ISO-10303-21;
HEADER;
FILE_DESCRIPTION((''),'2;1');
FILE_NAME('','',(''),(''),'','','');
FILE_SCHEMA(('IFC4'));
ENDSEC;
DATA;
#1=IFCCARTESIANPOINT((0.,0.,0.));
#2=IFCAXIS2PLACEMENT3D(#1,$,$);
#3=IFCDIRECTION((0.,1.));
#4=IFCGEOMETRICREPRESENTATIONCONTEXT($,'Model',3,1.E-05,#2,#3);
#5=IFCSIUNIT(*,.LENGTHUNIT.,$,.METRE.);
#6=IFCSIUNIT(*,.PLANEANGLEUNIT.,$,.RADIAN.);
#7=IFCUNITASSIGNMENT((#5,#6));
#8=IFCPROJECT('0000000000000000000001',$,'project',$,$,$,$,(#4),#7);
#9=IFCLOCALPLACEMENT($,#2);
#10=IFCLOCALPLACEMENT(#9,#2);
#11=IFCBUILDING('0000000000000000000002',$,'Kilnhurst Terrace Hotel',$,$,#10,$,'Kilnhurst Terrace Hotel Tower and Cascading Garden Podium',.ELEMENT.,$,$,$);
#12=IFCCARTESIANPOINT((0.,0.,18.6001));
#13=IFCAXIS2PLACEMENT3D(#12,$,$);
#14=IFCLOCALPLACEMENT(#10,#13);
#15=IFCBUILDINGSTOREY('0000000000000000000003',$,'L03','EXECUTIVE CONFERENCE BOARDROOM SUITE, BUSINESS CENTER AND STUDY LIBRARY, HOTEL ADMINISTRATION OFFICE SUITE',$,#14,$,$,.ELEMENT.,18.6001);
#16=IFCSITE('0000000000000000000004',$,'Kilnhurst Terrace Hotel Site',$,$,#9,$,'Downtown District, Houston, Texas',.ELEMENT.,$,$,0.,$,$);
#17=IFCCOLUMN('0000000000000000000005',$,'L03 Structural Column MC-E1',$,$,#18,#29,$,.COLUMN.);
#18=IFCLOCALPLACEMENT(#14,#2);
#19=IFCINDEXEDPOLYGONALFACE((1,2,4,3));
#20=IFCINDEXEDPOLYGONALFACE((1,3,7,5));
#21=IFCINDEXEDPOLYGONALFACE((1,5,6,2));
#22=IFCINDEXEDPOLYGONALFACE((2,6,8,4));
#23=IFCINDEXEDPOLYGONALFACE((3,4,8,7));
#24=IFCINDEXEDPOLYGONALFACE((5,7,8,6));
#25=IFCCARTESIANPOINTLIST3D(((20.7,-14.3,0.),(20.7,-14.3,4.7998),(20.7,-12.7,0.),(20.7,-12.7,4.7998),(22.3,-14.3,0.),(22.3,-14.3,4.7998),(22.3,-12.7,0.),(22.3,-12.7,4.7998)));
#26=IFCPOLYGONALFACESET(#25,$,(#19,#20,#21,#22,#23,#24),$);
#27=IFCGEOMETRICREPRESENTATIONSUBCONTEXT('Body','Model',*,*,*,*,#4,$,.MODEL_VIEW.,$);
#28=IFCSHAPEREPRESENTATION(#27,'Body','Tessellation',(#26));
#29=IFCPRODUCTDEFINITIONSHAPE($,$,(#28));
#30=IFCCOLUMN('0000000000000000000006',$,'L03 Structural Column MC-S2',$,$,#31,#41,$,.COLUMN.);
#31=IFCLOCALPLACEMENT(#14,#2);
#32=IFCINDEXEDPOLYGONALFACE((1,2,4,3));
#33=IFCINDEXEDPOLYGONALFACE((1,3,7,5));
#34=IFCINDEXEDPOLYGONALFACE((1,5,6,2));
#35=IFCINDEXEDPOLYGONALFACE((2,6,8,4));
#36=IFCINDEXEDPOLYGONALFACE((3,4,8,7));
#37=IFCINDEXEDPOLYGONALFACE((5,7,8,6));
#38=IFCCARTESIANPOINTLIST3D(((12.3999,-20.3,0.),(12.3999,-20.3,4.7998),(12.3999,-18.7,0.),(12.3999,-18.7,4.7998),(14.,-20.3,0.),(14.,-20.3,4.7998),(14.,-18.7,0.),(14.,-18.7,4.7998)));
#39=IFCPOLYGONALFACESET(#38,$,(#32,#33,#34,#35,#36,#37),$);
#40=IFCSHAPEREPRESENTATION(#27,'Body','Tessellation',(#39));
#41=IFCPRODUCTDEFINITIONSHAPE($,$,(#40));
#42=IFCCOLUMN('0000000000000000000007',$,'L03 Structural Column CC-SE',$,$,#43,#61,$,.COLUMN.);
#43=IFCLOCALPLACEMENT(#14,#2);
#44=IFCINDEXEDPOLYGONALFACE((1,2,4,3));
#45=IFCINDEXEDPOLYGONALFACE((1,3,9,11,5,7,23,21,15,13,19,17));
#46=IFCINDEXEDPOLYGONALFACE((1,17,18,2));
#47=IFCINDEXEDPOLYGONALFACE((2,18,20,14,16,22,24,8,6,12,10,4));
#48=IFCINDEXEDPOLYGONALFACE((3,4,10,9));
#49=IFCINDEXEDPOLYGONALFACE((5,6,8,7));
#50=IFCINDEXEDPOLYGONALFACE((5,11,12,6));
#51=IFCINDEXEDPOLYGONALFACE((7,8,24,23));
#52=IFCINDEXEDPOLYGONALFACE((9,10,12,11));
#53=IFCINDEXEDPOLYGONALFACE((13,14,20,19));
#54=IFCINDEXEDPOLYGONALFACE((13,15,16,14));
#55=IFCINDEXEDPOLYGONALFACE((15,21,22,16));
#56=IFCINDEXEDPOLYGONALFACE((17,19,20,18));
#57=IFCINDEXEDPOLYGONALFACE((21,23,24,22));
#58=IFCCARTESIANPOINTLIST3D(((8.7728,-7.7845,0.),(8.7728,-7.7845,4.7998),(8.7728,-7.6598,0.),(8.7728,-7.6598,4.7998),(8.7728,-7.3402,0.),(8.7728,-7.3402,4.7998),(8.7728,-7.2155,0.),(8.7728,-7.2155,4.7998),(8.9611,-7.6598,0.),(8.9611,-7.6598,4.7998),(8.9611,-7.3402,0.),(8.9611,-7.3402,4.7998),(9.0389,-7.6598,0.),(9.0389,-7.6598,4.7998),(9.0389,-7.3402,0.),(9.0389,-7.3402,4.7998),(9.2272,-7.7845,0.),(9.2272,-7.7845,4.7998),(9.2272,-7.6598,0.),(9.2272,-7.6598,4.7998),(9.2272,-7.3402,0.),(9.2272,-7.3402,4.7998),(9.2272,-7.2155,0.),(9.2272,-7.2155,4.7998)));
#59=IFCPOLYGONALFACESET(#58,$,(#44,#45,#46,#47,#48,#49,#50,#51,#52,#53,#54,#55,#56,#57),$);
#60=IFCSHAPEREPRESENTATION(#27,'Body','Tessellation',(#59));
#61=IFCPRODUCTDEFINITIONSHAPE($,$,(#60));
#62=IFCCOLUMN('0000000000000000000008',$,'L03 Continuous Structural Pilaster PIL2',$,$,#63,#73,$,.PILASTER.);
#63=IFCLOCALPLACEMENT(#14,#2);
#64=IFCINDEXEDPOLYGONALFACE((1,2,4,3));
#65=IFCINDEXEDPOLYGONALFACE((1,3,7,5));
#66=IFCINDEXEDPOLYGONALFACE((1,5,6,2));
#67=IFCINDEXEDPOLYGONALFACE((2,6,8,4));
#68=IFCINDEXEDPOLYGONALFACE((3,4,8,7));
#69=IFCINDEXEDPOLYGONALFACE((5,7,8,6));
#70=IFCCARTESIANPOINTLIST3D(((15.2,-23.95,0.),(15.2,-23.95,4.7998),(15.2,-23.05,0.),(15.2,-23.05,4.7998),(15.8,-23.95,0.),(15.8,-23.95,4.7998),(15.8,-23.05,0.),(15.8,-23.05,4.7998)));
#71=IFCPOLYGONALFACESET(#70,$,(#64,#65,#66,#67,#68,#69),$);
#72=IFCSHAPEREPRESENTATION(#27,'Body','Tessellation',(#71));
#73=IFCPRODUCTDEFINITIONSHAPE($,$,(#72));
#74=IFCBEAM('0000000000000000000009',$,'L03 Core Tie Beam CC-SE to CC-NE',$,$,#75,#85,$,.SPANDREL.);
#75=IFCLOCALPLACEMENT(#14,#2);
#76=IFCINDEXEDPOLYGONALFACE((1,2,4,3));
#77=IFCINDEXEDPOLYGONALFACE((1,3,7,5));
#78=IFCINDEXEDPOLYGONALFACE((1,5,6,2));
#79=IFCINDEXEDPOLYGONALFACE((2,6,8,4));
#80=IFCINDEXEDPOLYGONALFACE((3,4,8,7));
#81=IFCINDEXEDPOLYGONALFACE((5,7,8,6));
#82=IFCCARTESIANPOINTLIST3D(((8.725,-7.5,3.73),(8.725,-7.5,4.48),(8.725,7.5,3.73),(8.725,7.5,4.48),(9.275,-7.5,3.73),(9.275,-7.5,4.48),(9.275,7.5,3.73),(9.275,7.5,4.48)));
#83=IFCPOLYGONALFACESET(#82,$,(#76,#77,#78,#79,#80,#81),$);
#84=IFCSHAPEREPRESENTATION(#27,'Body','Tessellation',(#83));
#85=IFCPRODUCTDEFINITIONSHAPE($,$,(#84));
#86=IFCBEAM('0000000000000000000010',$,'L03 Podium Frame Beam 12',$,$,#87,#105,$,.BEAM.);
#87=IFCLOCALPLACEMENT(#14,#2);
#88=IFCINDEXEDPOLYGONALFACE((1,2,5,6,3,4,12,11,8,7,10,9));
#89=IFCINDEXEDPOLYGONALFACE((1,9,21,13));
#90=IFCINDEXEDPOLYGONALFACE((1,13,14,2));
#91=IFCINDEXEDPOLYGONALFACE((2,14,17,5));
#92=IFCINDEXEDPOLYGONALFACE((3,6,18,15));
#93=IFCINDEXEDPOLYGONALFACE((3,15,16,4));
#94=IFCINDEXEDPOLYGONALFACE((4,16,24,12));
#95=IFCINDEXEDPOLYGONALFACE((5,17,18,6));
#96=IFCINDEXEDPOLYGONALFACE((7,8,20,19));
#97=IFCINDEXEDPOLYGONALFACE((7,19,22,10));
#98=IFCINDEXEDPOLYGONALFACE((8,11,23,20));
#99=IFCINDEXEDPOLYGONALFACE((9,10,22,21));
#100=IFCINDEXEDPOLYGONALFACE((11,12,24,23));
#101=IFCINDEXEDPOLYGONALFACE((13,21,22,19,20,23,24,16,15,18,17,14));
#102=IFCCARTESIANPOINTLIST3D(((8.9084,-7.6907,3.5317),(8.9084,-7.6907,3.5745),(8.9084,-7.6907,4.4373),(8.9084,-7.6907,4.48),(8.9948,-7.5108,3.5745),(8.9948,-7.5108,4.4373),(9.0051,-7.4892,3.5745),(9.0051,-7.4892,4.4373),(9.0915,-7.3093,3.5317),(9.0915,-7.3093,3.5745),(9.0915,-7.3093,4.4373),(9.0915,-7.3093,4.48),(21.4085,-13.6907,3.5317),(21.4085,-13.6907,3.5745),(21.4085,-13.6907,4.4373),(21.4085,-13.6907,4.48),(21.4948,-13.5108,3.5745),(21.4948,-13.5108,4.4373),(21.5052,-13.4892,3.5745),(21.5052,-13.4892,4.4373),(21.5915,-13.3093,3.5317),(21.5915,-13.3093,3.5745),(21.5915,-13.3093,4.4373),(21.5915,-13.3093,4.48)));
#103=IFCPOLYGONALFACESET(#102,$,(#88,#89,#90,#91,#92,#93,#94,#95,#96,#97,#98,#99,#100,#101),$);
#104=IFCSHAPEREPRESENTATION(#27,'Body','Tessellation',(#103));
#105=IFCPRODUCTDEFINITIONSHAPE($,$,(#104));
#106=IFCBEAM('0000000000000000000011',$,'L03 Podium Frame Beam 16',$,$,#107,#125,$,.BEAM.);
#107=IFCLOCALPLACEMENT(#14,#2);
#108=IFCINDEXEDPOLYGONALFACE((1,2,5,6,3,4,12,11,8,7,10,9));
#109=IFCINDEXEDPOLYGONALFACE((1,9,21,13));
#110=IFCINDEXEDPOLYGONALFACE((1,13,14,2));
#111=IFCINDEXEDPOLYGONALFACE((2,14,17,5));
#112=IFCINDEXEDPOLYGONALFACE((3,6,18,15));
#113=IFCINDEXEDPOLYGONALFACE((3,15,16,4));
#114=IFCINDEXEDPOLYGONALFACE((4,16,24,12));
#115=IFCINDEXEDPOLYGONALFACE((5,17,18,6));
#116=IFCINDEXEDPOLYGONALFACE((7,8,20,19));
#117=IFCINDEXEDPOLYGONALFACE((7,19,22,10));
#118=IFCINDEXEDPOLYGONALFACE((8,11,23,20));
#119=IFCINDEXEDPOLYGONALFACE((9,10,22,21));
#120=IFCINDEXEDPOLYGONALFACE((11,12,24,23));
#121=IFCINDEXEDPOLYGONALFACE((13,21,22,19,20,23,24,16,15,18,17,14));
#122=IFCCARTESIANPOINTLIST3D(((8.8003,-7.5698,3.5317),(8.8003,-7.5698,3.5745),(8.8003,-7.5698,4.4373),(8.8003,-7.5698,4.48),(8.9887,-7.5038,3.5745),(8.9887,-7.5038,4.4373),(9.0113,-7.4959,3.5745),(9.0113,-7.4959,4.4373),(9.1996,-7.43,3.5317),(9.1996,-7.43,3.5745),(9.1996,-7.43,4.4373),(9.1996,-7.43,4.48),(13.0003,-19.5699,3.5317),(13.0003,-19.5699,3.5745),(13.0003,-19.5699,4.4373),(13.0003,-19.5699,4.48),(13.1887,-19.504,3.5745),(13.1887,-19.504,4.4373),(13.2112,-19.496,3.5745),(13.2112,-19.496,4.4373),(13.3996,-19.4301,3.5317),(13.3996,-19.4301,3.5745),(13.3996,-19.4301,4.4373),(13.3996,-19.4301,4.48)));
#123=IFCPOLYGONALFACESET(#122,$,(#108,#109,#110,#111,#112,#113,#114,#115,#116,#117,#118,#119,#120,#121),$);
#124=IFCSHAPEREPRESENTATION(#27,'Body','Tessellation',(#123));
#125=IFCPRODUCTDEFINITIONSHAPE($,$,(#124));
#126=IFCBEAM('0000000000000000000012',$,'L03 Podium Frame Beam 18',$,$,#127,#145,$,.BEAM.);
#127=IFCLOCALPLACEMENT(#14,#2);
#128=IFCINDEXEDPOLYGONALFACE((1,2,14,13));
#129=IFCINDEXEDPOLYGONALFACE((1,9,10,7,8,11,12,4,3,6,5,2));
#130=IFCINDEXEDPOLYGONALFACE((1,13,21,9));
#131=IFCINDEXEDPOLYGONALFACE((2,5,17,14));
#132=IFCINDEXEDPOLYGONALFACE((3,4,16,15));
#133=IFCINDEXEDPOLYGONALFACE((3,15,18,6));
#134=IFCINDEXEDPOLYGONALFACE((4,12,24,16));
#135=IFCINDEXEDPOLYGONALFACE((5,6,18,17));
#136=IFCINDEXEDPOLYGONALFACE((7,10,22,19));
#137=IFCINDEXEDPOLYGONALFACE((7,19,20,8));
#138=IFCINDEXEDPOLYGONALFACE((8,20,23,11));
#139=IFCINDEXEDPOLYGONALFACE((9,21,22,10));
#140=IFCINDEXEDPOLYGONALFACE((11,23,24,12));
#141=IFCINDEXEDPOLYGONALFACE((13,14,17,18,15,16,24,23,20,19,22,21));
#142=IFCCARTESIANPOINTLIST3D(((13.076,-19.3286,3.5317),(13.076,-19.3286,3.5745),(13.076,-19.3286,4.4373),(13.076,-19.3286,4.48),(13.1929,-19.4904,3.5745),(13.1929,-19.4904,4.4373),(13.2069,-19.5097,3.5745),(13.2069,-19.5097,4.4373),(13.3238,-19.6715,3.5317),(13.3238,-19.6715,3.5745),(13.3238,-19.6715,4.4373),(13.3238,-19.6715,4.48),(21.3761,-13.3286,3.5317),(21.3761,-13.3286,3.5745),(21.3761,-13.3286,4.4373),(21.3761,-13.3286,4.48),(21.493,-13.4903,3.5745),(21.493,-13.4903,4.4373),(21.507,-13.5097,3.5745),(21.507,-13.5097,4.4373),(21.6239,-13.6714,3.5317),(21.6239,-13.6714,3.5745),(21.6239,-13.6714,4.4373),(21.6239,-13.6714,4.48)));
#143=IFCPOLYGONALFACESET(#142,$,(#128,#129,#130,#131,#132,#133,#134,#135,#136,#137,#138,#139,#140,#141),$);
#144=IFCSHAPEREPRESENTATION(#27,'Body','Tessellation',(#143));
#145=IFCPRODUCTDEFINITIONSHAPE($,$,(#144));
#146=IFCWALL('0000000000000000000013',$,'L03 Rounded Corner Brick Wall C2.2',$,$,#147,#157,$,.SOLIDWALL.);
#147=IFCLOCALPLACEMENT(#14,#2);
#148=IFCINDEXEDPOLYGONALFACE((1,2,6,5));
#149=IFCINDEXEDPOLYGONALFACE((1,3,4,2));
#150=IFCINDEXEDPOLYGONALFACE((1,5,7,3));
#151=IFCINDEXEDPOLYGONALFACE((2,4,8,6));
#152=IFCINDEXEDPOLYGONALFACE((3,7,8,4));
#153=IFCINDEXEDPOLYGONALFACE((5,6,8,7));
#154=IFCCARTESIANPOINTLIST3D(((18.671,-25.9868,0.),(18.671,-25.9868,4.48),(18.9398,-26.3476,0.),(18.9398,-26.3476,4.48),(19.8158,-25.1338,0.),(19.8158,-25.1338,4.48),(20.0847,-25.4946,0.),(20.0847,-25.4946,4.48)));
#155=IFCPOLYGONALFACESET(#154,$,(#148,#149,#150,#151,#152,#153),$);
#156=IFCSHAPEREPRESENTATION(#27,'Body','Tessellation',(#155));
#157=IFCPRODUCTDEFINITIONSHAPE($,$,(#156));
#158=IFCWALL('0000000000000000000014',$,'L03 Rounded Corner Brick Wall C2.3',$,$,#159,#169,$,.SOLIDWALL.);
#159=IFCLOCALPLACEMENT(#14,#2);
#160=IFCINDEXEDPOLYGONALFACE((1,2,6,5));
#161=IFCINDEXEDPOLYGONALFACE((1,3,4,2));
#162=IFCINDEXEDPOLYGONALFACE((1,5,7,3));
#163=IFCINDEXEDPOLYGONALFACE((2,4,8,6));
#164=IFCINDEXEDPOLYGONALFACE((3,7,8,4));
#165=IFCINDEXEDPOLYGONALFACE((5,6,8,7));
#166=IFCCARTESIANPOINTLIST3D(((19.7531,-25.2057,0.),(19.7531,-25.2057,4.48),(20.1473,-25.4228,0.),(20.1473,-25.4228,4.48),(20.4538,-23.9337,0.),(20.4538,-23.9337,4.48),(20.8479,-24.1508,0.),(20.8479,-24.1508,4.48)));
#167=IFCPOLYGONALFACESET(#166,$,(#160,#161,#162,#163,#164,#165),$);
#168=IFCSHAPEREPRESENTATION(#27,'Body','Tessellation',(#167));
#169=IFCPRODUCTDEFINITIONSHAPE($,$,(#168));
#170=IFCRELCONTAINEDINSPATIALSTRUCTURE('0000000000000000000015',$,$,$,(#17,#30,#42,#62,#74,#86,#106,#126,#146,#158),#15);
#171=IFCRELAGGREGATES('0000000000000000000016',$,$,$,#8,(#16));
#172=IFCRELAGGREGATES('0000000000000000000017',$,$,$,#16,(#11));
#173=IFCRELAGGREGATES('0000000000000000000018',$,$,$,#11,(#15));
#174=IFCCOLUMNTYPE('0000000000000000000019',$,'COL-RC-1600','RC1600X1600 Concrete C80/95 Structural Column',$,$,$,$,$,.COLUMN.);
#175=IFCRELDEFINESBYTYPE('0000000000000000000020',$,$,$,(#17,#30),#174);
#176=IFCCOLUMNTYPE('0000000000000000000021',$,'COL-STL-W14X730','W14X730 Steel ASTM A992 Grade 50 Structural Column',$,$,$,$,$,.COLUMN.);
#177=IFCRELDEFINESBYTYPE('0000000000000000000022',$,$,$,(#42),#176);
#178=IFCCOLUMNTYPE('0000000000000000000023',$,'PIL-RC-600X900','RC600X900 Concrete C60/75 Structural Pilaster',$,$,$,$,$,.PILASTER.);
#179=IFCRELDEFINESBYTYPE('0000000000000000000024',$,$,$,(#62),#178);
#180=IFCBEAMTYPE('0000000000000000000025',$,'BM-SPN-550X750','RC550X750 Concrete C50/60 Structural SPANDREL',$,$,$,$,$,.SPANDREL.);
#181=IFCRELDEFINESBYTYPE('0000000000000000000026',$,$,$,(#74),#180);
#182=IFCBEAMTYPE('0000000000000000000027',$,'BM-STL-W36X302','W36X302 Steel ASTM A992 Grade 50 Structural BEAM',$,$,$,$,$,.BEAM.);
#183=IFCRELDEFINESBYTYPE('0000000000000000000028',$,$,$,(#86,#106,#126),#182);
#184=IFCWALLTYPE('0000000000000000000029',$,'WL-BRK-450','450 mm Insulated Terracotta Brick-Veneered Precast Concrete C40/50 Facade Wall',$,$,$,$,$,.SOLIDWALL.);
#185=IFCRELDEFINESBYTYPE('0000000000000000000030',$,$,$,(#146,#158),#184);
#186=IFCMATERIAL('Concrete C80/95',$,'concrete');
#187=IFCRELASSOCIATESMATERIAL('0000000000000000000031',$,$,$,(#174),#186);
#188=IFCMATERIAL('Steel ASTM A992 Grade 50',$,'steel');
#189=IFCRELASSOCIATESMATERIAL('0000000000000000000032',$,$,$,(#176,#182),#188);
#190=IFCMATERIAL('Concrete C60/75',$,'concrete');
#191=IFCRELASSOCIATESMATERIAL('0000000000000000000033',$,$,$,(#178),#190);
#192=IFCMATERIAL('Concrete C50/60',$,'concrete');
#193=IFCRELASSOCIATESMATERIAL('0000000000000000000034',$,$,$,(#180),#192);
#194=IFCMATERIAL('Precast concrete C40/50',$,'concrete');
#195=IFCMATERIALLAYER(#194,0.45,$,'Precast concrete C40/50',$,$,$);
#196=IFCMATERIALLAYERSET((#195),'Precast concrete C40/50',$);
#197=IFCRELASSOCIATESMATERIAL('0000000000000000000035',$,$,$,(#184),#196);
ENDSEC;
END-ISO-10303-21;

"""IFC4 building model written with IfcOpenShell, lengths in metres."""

from ifc_helpers import new_model, si_unit, direction, frame, frame_2d, origin, origin_2d, place, context, subcontext, project, spatial, rectangle, i_section, extrude, material, layer, layer_set, material_profile, profile_set, type_object, element, save


model = new_model("IFC4")

# Units and contexts
model_context = context("Model", 3, precision=1e-05, world=origin(), true_north=direction((0.0, 1.0)))
body_context = subcontext(model_context, "Body", "Model", "MODEL_VIEW")
ifc_project = project(units=[si_unit("LENGTHUNIT", "METRE"), si_unit("PLANEANGLEUNIT", "RADIAN")], contexts=[model_context])

# Site, building, storey
site_placement = place(None, origin())
site = spatial("IfcSite", under=ifc_project, at=site_placement, Name="Kilnhurst Terrace Hotel Site", LongName="Downtown District, Houston, Texas", CompositionType="ELEMENT", RefElevation=0.0)
building_placement = place(site_placement, origin())
building = spatial("IfcBuilding", under=site, at=building_placement, Name="Kilnhurst Terrace Hotel", LongName="Kilnhurst Terrace Hotel Tower and Cascading Garden Podium", CompositionType="ELEMENT")
storey_placement = place(building_placement, frame((0.0, 0.0, 18.6001)))
storey = spatial("IfcBuildingStorey", under=building, at=storey_placement, Name="L03", Description="EXECUTIVE CONFERENCE BOARDROOM SUITE, BUSINESS CENTER AND STUDY LIBRARY, HOTEL ADMINISTRATION OFFICE SUITE", CompositionType="ELEMENT", Elevation=18.6001)

# Columns
ifc_material_1 = material(Name="Concrete C80/95", Category="concrete")
ifc_material_profile_1 = material_profile(ifc_material_1, rectangle(XDim=1.6001, YDim=1.6001, at=origin_2d()), Name="RC1600X1600")
ifc_profile_set_1 = profile_set([ifc_material_profile_1], Name="Concrete C80/95")
column_type_1 = type_object("IfcColumnType", Name="COL-RC-1600", Description="RC1600X1600 Concrete C80/95 Structural Column", PredefinedType="COLUMN", material=ifc_profile_set_1)
for number, where, z_axis, x_axis, name in (
    (1, (21.5, -13.5, 0.0), (0.0, 0.0, 1.0), (1.0, 0.0, 0.0), "L03 Structural Column MC-E1"),
    (2, (13.2, -19.5, 0.0), (0.0, 0.0, 1.0), (1.0, 0.0, 0.0), "L03 Structural Column MC-S2"),
):
    element("IfcColumn", number, at=place(storey_placement, frame(where, z_axis=z_axis, x_axis=x_axis)), inside=storey, type_object=column_type_1, Name=name, PredefinedType="COLUMN", context=body_context, shape_type="SweptSolid", body=[
        extrude(rectangle(XDim=1.6001, YDim=1.6001, at=origin_2d()), origin(), (0.0, 0.0, 1.0), 4.7998),
    ])
ifc_material_2 = material(Name="Steel ASTM A992 Grade 50", Category="steel")
ifc_material_profile_2 = material_profile(ifc_material_2, i_section(OverallWidth=0.4543, OverallDepth=0.5691, WebThickness=0.0779, FlangeThickness=0.1248, at=origin_2d()), Name="W14X730")
ifc_profile_set_2 = profile_set([ifc_material_profile_2], Name="Steel ASTM A992 Grade 50")
column_type_2 = type_object("IfcColumnType", Name="COL-STL-W14X730", Description="W14X730 Steel ASTM A992 Grade 50 Structural Column", PredefinedType="COLUMN", material=ifc_profile_set_2)
column_1_placement = place(storey_placement, frame((9.0, -7.5, 0.0), z_axis=(0.0, 0.0, 1.0), x_axis=(1.0, 0.0, 0.0)))
element("IfcColumn", 3, at=column_1_placement, inside=storey, type_object=column_type_2, Name="L03 Structural Column CC-SE", PredefinedType="COLUMN", context=body_context, shape_type="SweptSolid", body=[
    extrude(i_section(OverallWidth=0.4543, OverallDepth=0.5691, WebThickness=0.0779, FlangeThickness=0.1248, at=origin_2d()), origin(), (0.0, 0.0, 1.0), 4.7998),
])
ifc_material_3 = material(Name="Concrete C60/75", Category="concrete")
ifc_material_profile_3 = material_profile(ifc_material_3, rectangle(XDim=0.6001, YDim=0.8999, at=origin_2d()), Name="RC600X900")
ifc_profile_set_3 = profile_set([ifc_material_profile_3], Name="Concrete C60/75")
column_type_3 = type_object("IfcColumnType", Name="PIL-RC-600X900", Description="RC600X900 Concrete C60/75 Structural Pilaster", PredefinedType="PILASTER", material=ifc_profile_set_3)
column_2_placement = place(storey_placement, frame((15.5, -23.5, 0.0), z_axis=(0.0, 0.0, 1.0), x_axis=(1.0, 0.0, 0.0)))
element("IfcColumn", 4, at=column_2_placement, inside=storey, type_object=column_type_3, Name="L03 Continuous Structural Pilaster PIL2", PredefinedType="PILASTER", context=body_context, shape_type="SweptSolid", body=[
    extrude(rectangle(XDim=0.6001, YDim=0.8999, at=origin_2d()), origin(), (0.0, 0.0, 1.0), 4.7998),
])

# Beams
ifc_material_4 = material(Name="Concrete C50/60", Category="concrete")
ifc_material_profile_4 = material_profile(ifc_material_4, rectangle(XDim=0.55, YDim=0.75, at=origin_2d()), Name="RC550X750")
ifc_profile_set_4 = profile_set([ifc_material_profile_4], Name="Concrete C50/60")
beam_type_1 = type_object("IfcBeamType", Name="BM-SPN-550X750", Description="RC550X750 Concrete C50/60 Structural SPANDREL", PredefinedType="SPANDREL", material=ifc_profile_set_4)
beam_1_placement = place(storey_placement, frame((9.0, -7.5, 4.105), z_axis=(0.0, 1.0, 0.0), x_axis=(-1.0, 0.0, 0.0)))
element("IfcBeam", 5, at=beam_1_placement, inside=storey, type_object=beam_type_1, Name="L03 Core Tie Beam CC-SE to CC-NE", PredefinedType="SPANDREL", context=body_context, shape_type="SweptSolid", body=[
    extrude(rectangle(XDim=0.55, YDim=0.75, at=origin_2d()), origin(), (0.0, 0.0, 1.0), 15.0),
])
ifc_material_profile_5 = material_profile(ifc_material_2, i_section(OverallWidth=0.4231, OverallDepth=0.9482, WebThickness=0.0239, FlangeThickness=0.0427, at=origin_2d()), Name="W36X302")
ifc_profile_set_5 = profile_set([ifc_material_profile_5], Name="Steel ASTM A992 Grade 50")
beam_type_2 = type_object("IfcBeamType", Name="BM-STL-W36X302", Description="W36X302 Steel ASTM A992 Grade 50 Structural BEAM", PredefinedType="BEAM", material=ifc_profile_set_5)
beam_2_placement = place(storey_placement, frame((21.5, -13.5, 4.0059), z_axis=(-0.901523, 0.432731, 0.0), x_axis=(-0.432731, -0.901523, 0.0)))
element("IfcBeam", 6, at=beam_2_placement, inside=storey, type_object=beam_type_2, Name="L03 Podium Frame Beam 12", PredefinedType="BEAM", context=body_context, shape_type="SweptSolid", body=[
    extrude(i_section(OverallWidth=0.4231, OverallDepth=0.9482, WebThickness=0.0239, FlangeThickness=0.0427, at=origin_2d()), origin(), (0.0, 0.0, 1.0), 13.8655),
])
beam_3_placement = place(storey_placement, frame((13.2, -19.5, 4.0059), z_axis=(-0.330347, 0.94386, 0.0), x_axis=(-0.94386, -0.330347, 0.0)))
element("IfcBeam", 7, at=beam_3_placement, inside=storey, type_object=beam_type_2, Name="L03 Podium Frame Beam 16", PredefinedType="BEAM", context=body_context, shape_type="SweptSolid", body=[
    extrude(i_section(OverallWidth=0.4231, OverallDepth=0.9482, WebThickness=0.0239, FlangeThickness=0.0427, at=origin_2d()), origin(), (0.0, 0.0, 1.0), 12.7139),
])
beam_4_placement = place(storey_placement, frame((21.5, -13.5, 4.0059), z_axis=(-0.810423, -0.585845, 0.0), x_axis=(0.585845, -0.810423, 0.0)))
element("IfcBeam", 8, at=beam_4_placement, inside=storey, type_object=beam_type_2, Name="L03 Podium Frame Beam 18", PredefinedType="BEAM", context=body_context, shape_type="SweptSolid", body=[
    extrude(i_section(OverallWidth=0.4231, OverallDepth=0.9482, WebThickness=0.0239, FlangeThickness=0.0427, at=origin_2d()), origin(), (0.0, 0.0, 1.0), 10.2417),
])

# Walls
ifc_material_5 = material(Name="Precast concrete C40/50", Category="concrete")
ifc_layer_1 = layer(ifc_material_5, 0.45, Name="Precast concrete C40/50")
ifc_layer_set_1 = layer_set([ifc_layer_1], Name="Precast concrete C40/50")
wall_type_1 = type_object("IfcWallType", Name="WL-BRK-450", Description="450 mm Insulated Terracotta Brick-Veneered Precast Concrete C40/50 Facade Wall", PredefinedType="SOLIDWALL", material=ifc_layer_set_1)
wall_1_placement = place(storey_placement, frame((18.8054, -26.1672, 0.0), z_axis=(0.0, 0.0, 1.0), x_axis=(0.801864, 0.597507, 0.0)))
element("IfcWall", 9, at=wall_1_placement, inside=storey, type_object=wall_type_1, Name="L03 Rounded Corner Brick Wall C2.2", PredefinedType="SOLIDWALL", context=body_context, shape_type="SweptSolid", body=[
    extrude(rectangle(XDim=1.4277, YDim=0.45, at=frame_2d((0.7139, 0.0))), origin(), (0.0, 0.0, 1.0), 4.48),
])
wall_2_placement = place(storey_placement, frame((19.9502, -25.3142, 0.0), z_axis=(0.0, 0.0, 1.0), x_axis=(0.482499, 0.875896, 0.0)))
element("IfcWall", 10, at=wall_2_placement, inside=storey, type_object=wall_type_1, Name="L03 Rounded Corner Brick Wall C2.3", PredefinedType="SOLIDWALL", context=body_context, shape_type="SweptSolid", body=[
    extrude(rectangle(XDim=1.4521, YDim=0.45, at=frame_2d((0.7261, 0.0))), origin(), (0.0, 0.0, 1.0), 4.48),
])

save(model, "model.ifc")
